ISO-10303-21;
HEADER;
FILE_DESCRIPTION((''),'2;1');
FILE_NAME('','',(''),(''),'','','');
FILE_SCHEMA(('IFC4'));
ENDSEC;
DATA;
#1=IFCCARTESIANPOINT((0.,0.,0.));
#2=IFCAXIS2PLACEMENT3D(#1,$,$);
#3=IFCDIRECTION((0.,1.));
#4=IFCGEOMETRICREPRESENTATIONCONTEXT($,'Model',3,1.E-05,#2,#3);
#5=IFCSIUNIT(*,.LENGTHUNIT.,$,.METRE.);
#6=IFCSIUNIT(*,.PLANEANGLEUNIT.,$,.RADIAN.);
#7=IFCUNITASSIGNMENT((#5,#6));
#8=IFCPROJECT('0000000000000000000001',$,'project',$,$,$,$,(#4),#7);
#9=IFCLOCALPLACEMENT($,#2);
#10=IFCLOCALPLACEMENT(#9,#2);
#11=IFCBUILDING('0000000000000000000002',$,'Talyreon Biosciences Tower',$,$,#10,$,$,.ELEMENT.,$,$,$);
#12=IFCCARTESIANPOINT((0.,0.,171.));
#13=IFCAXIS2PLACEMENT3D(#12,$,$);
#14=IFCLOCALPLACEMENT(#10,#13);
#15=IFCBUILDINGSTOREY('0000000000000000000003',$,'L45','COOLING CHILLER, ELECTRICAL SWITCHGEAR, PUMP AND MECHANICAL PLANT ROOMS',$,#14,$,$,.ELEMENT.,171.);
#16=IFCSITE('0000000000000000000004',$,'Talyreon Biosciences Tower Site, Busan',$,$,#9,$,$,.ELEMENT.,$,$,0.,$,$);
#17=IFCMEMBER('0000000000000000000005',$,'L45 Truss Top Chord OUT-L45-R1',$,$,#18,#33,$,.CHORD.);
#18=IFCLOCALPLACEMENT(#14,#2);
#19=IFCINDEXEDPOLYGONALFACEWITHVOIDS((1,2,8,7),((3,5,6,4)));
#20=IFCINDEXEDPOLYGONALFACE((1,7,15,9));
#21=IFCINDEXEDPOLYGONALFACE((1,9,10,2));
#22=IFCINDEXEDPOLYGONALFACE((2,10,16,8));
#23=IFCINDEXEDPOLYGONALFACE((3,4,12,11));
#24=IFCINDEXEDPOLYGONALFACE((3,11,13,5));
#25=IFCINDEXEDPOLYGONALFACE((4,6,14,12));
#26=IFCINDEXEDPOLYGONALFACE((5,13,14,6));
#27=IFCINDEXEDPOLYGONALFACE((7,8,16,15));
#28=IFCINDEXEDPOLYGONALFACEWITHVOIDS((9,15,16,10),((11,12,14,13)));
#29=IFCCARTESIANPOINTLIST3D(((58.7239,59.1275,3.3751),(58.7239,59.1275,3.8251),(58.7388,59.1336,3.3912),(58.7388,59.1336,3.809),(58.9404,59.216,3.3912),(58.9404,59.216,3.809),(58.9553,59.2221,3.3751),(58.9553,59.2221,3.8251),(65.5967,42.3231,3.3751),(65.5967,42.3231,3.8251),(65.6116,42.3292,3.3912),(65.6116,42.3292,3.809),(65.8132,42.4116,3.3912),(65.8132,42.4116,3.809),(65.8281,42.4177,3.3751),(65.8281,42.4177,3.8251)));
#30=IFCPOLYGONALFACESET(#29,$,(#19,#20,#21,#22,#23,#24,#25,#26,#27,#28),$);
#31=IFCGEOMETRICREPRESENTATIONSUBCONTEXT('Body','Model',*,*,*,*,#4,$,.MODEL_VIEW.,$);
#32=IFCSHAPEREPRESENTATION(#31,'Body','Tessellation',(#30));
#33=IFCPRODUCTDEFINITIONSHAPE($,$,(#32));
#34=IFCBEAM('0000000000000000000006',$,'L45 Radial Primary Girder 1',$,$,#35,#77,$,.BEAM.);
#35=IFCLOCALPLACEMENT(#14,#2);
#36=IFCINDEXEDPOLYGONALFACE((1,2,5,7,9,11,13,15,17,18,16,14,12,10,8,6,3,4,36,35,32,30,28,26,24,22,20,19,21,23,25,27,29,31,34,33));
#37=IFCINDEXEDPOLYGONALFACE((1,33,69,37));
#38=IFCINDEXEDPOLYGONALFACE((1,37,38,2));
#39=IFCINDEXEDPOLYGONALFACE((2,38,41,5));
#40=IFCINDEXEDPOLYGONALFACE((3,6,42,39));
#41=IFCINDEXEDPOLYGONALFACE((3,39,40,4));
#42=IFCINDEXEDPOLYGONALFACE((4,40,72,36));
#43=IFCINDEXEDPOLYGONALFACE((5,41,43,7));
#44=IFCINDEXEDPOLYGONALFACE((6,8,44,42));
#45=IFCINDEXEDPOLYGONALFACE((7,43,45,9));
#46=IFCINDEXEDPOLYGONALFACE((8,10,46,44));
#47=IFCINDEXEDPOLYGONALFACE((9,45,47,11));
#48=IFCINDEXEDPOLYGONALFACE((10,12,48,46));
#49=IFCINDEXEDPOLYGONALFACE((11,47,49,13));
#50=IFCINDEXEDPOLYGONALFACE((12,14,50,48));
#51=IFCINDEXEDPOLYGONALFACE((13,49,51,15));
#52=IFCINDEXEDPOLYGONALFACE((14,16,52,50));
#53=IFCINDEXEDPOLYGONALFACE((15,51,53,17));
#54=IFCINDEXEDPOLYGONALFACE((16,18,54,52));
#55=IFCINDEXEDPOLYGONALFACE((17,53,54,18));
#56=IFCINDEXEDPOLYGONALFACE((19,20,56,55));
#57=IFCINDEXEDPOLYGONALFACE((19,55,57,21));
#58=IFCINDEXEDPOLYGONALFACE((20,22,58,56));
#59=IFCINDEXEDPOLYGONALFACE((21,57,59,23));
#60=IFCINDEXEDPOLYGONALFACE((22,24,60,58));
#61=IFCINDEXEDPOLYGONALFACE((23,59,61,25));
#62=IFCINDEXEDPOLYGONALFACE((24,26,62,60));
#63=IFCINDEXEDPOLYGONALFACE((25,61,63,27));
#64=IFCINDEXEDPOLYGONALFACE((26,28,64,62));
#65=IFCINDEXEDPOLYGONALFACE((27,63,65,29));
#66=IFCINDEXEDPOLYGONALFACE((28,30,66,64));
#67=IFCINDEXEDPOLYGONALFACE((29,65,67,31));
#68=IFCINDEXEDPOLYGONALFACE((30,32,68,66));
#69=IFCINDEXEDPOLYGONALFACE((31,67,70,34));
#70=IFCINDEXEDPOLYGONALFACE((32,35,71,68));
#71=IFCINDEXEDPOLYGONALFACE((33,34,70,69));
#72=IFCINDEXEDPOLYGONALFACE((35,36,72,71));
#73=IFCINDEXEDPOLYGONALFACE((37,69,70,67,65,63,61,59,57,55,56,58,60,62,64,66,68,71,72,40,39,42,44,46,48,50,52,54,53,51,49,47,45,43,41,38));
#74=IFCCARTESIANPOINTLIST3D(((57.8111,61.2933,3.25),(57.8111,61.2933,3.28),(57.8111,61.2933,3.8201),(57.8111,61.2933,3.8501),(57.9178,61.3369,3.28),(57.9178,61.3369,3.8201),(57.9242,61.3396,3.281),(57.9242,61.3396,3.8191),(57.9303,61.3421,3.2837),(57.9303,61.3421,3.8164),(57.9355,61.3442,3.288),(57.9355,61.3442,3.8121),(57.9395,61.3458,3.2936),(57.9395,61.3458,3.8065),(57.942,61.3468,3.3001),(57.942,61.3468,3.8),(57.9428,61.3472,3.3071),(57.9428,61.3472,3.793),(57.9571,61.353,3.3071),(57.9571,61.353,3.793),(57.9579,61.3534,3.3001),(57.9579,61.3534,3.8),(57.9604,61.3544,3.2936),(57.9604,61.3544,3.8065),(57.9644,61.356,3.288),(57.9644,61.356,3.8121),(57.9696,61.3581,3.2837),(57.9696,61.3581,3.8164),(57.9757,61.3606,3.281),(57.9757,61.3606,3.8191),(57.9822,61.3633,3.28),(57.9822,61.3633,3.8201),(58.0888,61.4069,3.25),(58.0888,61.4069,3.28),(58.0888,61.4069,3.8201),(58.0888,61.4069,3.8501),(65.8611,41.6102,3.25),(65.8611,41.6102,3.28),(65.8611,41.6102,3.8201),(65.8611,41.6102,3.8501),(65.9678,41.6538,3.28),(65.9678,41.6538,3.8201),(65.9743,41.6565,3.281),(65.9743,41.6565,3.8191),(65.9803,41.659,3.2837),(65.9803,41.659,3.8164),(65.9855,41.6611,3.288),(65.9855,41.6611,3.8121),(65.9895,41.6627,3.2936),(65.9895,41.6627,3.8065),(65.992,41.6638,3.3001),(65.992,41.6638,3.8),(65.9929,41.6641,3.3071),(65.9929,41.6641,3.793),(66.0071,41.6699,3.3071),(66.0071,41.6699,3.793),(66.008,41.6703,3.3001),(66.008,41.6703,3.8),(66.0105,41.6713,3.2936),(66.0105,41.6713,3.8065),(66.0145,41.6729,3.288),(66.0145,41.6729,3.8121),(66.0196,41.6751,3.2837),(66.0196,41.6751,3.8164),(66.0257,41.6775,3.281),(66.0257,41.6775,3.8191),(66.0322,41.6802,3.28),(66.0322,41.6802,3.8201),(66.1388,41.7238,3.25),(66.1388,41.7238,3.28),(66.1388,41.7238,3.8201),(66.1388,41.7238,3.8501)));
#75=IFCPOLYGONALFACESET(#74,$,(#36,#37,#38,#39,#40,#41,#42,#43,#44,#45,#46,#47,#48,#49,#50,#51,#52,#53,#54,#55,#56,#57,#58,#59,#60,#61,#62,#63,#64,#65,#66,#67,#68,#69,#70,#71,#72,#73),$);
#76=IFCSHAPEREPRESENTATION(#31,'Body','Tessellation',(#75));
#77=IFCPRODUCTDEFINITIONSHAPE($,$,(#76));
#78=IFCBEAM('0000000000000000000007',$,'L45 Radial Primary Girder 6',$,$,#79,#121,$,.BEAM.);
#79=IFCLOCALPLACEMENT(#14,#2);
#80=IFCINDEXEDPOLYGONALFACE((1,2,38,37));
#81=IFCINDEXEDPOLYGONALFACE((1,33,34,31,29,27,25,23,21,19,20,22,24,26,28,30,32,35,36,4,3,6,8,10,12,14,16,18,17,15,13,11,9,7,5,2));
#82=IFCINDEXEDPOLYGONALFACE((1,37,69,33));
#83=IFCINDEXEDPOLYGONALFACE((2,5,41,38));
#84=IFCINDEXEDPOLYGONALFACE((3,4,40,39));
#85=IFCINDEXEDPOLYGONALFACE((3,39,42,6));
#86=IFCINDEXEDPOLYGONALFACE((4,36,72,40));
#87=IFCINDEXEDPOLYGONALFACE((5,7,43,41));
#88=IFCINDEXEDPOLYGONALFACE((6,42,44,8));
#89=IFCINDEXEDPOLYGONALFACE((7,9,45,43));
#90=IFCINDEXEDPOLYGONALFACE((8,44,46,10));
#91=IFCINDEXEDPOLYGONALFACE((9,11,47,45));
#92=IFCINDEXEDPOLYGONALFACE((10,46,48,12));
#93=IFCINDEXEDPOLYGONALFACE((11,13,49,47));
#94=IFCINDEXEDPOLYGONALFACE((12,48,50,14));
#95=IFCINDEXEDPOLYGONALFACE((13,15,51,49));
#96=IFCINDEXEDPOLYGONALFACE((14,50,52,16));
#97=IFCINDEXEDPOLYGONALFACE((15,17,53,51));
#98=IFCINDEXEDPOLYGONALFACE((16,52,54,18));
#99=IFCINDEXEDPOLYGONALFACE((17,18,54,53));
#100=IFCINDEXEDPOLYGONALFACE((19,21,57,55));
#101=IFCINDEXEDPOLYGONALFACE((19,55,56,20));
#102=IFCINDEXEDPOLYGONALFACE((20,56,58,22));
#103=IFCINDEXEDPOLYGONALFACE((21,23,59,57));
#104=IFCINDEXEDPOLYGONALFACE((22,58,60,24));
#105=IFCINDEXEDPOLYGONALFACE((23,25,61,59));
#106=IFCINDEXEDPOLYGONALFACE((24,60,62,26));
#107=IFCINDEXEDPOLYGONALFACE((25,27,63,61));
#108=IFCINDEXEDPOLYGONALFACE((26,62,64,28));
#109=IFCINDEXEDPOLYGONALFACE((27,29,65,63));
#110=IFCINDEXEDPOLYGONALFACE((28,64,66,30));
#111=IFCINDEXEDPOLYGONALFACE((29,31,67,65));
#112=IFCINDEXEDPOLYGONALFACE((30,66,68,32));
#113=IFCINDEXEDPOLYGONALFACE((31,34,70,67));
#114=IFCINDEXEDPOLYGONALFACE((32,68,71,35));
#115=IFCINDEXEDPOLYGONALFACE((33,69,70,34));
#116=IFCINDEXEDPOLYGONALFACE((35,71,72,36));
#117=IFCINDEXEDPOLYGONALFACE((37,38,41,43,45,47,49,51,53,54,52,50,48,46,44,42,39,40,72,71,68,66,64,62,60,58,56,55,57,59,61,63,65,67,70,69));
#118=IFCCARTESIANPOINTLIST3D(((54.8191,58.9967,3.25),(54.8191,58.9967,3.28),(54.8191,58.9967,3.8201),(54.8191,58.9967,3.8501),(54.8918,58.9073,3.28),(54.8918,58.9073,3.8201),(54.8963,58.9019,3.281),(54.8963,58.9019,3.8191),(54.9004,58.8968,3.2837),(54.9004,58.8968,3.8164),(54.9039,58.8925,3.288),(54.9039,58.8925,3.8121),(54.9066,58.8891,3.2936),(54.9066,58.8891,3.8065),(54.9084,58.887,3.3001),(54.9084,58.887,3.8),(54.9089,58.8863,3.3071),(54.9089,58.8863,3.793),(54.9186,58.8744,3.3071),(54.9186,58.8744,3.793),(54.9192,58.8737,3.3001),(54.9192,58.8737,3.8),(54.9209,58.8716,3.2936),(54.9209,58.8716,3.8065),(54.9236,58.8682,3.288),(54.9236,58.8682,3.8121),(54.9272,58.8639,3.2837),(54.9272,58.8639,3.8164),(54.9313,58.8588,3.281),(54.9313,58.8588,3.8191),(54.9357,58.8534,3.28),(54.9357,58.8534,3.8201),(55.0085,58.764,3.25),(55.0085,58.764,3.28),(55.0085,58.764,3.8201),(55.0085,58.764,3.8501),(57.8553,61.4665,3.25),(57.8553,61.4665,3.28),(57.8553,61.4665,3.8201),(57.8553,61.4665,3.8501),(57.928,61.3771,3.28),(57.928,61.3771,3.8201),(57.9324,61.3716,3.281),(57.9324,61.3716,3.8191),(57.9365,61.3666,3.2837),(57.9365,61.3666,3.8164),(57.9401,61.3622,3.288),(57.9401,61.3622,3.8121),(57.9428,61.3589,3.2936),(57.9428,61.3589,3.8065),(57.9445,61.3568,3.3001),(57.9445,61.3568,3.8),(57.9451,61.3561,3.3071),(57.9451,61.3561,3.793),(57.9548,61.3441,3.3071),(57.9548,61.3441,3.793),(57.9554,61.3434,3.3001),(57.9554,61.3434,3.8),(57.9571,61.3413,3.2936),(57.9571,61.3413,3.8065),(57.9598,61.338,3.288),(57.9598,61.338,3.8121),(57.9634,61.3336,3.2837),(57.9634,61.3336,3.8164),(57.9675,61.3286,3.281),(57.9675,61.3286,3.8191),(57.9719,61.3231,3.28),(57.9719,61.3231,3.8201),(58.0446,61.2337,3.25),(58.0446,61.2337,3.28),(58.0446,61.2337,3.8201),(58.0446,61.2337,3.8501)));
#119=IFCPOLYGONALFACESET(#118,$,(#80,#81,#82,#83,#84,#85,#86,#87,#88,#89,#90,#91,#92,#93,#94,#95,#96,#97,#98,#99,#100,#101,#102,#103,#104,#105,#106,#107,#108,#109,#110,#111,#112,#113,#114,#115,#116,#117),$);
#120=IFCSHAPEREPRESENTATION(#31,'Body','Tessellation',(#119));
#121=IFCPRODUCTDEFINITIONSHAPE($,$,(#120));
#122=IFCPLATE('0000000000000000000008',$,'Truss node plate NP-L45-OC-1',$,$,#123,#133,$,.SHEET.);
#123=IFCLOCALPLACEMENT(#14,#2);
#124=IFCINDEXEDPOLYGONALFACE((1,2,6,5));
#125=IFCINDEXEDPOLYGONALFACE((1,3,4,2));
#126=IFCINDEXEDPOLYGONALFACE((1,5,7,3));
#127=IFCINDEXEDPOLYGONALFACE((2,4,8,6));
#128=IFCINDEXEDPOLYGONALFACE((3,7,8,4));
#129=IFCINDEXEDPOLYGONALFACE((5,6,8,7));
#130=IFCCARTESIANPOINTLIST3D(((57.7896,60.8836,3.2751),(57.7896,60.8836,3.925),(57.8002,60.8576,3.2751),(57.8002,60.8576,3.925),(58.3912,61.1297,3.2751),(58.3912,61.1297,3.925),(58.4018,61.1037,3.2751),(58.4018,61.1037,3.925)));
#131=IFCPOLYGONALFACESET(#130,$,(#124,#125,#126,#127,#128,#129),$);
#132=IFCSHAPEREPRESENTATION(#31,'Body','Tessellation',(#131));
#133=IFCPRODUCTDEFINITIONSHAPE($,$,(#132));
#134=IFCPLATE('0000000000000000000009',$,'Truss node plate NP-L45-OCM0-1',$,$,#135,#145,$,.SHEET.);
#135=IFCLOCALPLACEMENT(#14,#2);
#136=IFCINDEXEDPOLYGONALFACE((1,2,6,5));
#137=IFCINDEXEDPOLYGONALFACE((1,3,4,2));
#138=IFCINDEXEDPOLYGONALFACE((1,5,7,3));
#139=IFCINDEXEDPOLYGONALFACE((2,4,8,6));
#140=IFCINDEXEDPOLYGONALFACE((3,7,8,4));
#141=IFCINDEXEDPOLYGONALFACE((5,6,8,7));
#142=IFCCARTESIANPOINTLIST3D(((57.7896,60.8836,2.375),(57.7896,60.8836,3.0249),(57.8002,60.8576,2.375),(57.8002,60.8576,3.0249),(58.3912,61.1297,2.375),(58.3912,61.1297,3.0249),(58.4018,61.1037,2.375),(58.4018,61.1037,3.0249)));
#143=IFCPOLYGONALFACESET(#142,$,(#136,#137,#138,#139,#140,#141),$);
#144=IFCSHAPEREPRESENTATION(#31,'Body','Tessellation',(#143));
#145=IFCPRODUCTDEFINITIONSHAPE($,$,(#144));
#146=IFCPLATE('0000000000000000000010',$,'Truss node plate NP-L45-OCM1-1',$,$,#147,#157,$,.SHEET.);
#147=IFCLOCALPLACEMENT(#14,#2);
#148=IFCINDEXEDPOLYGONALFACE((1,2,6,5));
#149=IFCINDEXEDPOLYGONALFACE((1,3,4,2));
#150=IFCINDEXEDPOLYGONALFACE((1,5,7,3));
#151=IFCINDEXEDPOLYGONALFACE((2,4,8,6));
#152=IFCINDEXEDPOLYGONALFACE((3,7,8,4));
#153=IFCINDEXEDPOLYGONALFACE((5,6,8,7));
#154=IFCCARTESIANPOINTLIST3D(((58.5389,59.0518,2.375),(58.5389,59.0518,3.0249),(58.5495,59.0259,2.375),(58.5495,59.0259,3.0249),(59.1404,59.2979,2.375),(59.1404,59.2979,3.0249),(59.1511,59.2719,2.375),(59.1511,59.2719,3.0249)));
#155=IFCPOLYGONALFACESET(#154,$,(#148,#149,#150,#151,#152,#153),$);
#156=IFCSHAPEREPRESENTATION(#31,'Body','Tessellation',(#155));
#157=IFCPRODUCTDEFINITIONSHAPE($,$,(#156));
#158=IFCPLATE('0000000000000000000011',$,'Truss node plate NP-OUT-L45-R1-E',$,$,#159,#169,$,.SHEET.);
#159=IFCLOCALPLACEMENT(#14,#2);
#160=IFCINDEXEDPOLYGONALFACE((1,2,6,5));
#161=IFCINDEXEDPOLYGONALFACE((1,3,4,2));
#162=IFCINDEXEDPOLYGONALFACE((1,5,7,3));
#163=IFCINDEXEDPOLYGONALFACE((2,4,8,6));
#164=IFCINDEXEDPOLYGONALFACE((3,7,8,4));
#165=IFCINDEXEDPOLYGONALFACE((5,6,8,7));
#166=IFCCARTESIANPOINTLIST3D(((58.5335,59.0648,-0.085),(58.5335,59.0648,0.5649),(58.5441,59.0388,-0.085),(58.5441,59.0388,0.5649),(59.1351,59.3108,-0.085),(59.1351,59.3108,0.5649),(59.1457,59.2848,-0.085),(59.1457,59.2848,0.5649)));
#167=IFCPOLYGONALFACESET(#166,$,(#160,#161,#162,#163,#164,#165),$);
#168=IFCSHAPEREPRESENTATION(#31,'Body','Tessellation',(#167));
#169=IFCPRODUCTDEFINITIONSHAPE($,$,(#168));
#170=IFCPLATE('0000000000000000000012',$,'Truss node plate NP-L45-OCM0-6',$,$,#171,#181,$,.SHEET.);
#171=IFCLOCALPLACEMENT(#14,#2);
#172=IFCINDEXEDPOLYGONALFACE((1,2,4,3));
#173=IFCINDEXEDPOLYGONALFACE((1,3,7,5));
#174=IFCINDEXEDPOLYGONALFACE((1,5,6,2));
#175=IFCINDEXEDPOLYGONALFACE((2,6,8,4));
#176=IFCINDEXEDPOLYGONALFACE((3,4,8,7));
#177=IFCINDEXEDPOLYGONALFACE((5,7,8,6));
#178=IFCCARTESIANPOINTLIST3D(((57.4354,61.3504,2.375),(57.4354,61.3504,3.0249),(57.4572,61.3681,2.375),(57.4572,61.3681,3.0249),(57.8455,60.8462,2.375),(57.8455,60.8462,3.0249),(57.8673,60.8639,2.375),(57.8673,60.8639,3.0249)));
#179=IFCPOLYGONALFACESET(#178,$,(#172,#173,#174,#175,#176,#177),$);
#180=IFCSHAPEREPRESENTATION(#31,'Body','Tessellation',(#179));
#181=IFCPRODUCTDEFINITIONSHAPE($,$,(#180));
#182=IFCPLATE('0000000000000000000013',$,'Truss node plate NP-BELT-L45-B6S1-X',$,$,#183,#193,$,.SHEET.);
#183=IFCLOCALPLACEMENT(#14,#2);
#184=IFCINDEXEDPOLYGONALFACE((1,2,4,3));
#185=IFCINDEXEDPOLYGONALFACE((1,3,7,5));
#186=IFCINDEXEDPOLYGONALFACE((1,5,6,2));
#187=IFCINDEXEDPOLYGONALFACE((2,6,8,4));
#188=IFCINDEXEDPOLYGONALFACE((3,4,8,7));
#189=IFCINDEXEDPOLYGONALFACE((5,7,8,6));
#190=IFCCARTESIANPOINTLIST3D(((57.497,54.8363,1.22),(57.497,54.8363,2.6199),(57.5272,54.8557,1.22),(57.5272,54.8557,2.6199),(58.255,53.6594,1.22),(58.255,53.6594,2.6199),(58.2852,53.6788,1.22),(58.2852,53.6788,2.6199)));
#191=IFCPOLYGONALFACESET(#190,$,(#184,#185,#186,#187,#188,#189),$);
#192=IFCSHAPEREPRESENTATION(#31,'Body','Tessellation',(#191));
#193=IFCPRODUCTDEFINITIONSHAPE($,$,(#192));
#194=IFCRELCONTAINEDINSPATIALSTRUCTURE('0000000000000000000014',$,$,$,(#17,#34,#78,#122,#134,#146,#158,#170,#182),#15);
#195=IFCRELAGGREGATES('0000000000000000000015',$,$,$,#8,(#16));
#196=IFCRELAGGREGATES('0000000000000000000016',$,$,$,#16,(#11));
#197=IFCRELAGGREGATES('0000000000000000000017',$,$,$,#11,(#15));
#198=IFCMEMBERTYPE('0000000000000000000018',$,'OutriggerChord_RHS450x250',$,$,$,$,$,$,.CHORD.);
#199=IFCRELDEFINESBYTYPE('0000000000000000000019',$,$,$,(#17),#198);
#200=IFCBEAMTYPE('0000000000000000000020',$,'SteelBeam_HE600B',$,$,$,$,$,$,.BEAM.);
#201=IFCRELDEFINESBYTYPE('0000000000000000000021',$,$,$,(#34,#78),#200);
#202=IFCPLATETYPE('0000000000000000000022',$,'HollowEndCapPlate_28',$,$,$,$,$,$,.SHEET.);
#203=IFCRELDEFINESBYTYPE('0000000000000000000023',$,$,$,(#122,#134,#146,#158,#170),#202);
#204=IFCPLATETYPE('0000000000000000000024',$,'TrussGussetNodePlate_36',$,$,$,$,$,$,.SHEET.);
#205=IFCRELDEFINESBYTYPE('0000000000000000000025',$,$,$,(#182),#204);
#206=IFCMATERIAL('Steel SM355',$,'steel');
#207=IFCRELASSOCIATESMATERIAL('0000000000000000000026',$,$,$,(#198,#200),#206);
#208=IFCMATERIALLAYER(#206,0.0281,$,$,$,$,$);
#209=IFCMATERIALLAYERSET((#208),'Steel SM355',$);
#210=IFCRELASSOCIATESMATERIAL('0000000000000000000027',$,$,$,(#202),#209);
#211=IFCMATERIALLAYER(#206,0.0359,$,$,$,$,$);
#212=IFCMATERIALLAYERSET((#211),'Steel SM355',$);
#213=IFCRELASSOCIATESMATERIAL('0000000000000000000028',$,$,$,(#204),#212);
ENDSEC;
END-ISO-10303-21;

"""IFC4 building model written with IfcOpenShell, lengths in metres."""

from ifc_helpers import new_model, si_unit, direction, frame, origin, origin_2d, place, context, subcontext, project, spatial, rectangle, hollow_rectangle, i_section, extrude, material, layer, layer_set, material_profile, profile_set, type_object, element, save


model = new_model("IFC4")

# Units and contexts
model_context = context("Model", 3, precision=1e-05, world=origin(), true_north=direction((0.0, 1.0)))
body_context = subcontext(model_context, "Body", "Model", "MODEL_VIEW")
ifc_project = project(units=[si_unit("LENGTHUNIT", "METRE"), si_unit("PLANEANGLEUNIT", "RADIAN")], contexts=[model_context])

# Site, building, storey
site_placement = place(None, origin())
site = spatial("IfcSite", under=ifc_project, at=site_placement, Name="Talyreon Biosciences Tower Site, Busan", CompositionType="ELEMENT", RefElevation=0.0)
building_placement = place(site_placement, origin())
building = spatial("IfcBuilding", under=site, at=building_placement, Name="Talyreon Biosciences Tower", CompositionType="ELEMENT")
storey_placement = place(building_placement, frame((0.0, 0.0, 171.0)))
storey = spatial("IfcBuildingStorey", under=building, at=storey_placement, Name="L45", Description="COOLING CHILLER, ELECTRICAL SWITCHGEAR, PUMP AND MECHANICAL PLANT ROOMS", CompositionType="ELEMENT", Elevation=171.0)

# Member
ifc_material_1 = material(Name="Steel SM355", Category="steel")
ifc_material_profile_1 = material_profile(ifc_material_1, hollow_rectangle(XDim=0.25, YDim=0.45, WallThickness=0.0161, at=origin_2d()), Name="RHS 450x250x16")
ifc_profile_set_1 = profile_set([ifc_material_profile_1], Name="Steel SM355")
member_type_1 = type_object("IfcMemberType", Name="OutriggerChord_RHS450x250", PredefinedType="CHORD", material=ifc_profile_set_1)
for number, where, z_axis, x_axis, name in (
    (1, (58.8396, 59.1748, 3.6001), (0.378551, -0.925581, 0.0), (0.925581, 0.378551, 0.0), "L45 Truss Top Chord OUT-L45-R1"),
):
    element("IfcMember", number, at=place(storey_placement, frame(where, z_axis=z_axis, x_axis=x_axis)), inside=storey, type_object=member_type_1, Name=name, PredefinedType="CHORD", context=body_context, shape_type="SweptSolid", body=[
        extrude(hollow_rectangle(XDim=0.25, YDim=0.45, WallThickness=0.0161, at=origin_2d()), origin(), (0.0, 0.0, 1.0), 18.1555),
    ])

# Beams
ifc_material_profile_2 = material_profile(ifc_material_1, i_section(OverallWidth=0.3, OverallDepth=0.6001, WebThickness=0.0154, FlangeThickness=0.03, FilletRadius=0.0271, at=origin_2d()), Name="HE600B")
ifc_profile_set_2 = profile_set([ifc_material_profile_2], Name="Steel SM355")
beam_type = type_object("IfcBeamType", Name="SteelBeam_HE600B", PredefinedType="BEAM", material=ifc_profile_set_2)
beam_1_placement = place(storey_placement, frame((57.95, 61.3501, 3.55), z_axis=(0.378547, -0.925582, 0.0), x_axis=(0.925582, 0.378547, 0.0)))
element("IfcBeam", 2, at=beam_1_placement, inside=storey, type_object=beam_type, Name="L45 Radial Primary Girder 1", PredefinedType="BEAM", context=body_context, shape_type="SweptSolid", body=[
    extrude(i_section(OverallWidth=0.3, OverallDepth=0.6001, WebThickness=0.0154, FlangeThickness=0.03, FilletRadius=0.0271, at=origin_2d()), origin(), (0.0, 0.0, 1.0), 21.2656),
])
beam_2_placement = place(storey_placement, frame((57.95, 61.3501, 3.55), z_axis=(-0.775755, -0.631034, 0.0), x_axis=(0.631034, -0.775755, 0.0)))
element("IfcBeam", 3, at=beam_2_placement, inside=storey, type_object=beam_type, Name="L45 Radial Primary Girder 6", PredefinedType="BEAM", context=body_context, shape_type="SweptSolid", body=[
    extrude(i_section(OverallWidth=0.3, OverallDepth=0.6001, WebThickness=0.0154, FlangeThickness=0.03, FilletRadius=0.0271, at=origin_2d()), origin(), (0.0, 0.0, 1.0), 3.9138),
])

# Plates
ifc_layer_1 = layer(ifc_material_1, 0.0281)
ifc_layer_set_1 = layer_set([ifc_layer_1], Name="Steel SM355")
plate_type_1 = type_object("IfcPlateType", Name="HollowEndCapPlate_28", PredefinedType="SHEET", material=ifc_layer_set_1)
for number, where, z_axis, x_axis, name in (
    (4, (58.0957, 60.9937, 3.2751), (0.0, 0.0, 1.0), (0.92558, 0.378552, 0.0), "Truss node plate NP-L45-OC-1"),
    (5, (58.0957, 60.9937, 2.375), (0.0, 0.0, 1.0), (0.92558, 0.378552, 0.0), "Truss node plate NP-L45-OCM0-1"),
    (6, (58.845, 59.1619, 2.375), (0.0, 0.0, 1.0), (0.92558, 0.378552, 0.0), "Truss node plate NP-L45-OCM1-1"),
    (7, (58.8396, 59.1748, -0.085), (0.0, 0.0, 1.0), (0.925587, 0.378536, 0.0), "Truss node plate NP-OUT-L45-R1-E"),
    (8, (57.6514, 61.1072, 2.375), (0.0, 0.0, 1.0), (0.631001, -0.775782, 0.0), "Truss node plate NP-L45-OCM0-6"),
):
    element("IfcPlate", number, at=place(storey_placement, frame(where, z_axis=z_axis, x_axis=x_axis)), inside=storey, type_object=plate_type_1, Name=name, PredefinedType="SHEET", context=body_context, shape_type="SweptSolid", body=[
        extrude(rectangle(XDim=0.6499, YDim=0.0281, at=origin_2d()), origin(), (0.0, 0.0, 1.0), 0.6499),
    ])
ifc_layer_2 = layer(ifc_material_1, 0.0359)
ifc_layer_set_2 = layer_set([ifc_layer_2], Name="Steel SM355")
plate_type_2 = type_object("IfcPlateType", Name="TrussGussetNodePlate_36", PredefinedType="SHEET", material=ifc_layer_set_2)
plate_placement = place(storey_placement, frame((57.8911, 54.2576, 1.22), z_axis=(0.0, 0.0, 1.0), x_axis=(0.541473, -0.840718, 0.0)))
element("IfcPlate", 9, at=plate_placement, inside=storey, type_object=plate_type_2, Name="Truss node plate NP-BELT-L45-B6S1-X", PredefinedType="SHEET", context=body_context, shape_type="SweptSolid", body=[
    extrude(rectangle(XDim=1.3999, YDim=0.0359, at=origin_2d()), origin(), (0.0, 0.0, 1.0), 1.3999),
])

save(model, "model.ifc")
